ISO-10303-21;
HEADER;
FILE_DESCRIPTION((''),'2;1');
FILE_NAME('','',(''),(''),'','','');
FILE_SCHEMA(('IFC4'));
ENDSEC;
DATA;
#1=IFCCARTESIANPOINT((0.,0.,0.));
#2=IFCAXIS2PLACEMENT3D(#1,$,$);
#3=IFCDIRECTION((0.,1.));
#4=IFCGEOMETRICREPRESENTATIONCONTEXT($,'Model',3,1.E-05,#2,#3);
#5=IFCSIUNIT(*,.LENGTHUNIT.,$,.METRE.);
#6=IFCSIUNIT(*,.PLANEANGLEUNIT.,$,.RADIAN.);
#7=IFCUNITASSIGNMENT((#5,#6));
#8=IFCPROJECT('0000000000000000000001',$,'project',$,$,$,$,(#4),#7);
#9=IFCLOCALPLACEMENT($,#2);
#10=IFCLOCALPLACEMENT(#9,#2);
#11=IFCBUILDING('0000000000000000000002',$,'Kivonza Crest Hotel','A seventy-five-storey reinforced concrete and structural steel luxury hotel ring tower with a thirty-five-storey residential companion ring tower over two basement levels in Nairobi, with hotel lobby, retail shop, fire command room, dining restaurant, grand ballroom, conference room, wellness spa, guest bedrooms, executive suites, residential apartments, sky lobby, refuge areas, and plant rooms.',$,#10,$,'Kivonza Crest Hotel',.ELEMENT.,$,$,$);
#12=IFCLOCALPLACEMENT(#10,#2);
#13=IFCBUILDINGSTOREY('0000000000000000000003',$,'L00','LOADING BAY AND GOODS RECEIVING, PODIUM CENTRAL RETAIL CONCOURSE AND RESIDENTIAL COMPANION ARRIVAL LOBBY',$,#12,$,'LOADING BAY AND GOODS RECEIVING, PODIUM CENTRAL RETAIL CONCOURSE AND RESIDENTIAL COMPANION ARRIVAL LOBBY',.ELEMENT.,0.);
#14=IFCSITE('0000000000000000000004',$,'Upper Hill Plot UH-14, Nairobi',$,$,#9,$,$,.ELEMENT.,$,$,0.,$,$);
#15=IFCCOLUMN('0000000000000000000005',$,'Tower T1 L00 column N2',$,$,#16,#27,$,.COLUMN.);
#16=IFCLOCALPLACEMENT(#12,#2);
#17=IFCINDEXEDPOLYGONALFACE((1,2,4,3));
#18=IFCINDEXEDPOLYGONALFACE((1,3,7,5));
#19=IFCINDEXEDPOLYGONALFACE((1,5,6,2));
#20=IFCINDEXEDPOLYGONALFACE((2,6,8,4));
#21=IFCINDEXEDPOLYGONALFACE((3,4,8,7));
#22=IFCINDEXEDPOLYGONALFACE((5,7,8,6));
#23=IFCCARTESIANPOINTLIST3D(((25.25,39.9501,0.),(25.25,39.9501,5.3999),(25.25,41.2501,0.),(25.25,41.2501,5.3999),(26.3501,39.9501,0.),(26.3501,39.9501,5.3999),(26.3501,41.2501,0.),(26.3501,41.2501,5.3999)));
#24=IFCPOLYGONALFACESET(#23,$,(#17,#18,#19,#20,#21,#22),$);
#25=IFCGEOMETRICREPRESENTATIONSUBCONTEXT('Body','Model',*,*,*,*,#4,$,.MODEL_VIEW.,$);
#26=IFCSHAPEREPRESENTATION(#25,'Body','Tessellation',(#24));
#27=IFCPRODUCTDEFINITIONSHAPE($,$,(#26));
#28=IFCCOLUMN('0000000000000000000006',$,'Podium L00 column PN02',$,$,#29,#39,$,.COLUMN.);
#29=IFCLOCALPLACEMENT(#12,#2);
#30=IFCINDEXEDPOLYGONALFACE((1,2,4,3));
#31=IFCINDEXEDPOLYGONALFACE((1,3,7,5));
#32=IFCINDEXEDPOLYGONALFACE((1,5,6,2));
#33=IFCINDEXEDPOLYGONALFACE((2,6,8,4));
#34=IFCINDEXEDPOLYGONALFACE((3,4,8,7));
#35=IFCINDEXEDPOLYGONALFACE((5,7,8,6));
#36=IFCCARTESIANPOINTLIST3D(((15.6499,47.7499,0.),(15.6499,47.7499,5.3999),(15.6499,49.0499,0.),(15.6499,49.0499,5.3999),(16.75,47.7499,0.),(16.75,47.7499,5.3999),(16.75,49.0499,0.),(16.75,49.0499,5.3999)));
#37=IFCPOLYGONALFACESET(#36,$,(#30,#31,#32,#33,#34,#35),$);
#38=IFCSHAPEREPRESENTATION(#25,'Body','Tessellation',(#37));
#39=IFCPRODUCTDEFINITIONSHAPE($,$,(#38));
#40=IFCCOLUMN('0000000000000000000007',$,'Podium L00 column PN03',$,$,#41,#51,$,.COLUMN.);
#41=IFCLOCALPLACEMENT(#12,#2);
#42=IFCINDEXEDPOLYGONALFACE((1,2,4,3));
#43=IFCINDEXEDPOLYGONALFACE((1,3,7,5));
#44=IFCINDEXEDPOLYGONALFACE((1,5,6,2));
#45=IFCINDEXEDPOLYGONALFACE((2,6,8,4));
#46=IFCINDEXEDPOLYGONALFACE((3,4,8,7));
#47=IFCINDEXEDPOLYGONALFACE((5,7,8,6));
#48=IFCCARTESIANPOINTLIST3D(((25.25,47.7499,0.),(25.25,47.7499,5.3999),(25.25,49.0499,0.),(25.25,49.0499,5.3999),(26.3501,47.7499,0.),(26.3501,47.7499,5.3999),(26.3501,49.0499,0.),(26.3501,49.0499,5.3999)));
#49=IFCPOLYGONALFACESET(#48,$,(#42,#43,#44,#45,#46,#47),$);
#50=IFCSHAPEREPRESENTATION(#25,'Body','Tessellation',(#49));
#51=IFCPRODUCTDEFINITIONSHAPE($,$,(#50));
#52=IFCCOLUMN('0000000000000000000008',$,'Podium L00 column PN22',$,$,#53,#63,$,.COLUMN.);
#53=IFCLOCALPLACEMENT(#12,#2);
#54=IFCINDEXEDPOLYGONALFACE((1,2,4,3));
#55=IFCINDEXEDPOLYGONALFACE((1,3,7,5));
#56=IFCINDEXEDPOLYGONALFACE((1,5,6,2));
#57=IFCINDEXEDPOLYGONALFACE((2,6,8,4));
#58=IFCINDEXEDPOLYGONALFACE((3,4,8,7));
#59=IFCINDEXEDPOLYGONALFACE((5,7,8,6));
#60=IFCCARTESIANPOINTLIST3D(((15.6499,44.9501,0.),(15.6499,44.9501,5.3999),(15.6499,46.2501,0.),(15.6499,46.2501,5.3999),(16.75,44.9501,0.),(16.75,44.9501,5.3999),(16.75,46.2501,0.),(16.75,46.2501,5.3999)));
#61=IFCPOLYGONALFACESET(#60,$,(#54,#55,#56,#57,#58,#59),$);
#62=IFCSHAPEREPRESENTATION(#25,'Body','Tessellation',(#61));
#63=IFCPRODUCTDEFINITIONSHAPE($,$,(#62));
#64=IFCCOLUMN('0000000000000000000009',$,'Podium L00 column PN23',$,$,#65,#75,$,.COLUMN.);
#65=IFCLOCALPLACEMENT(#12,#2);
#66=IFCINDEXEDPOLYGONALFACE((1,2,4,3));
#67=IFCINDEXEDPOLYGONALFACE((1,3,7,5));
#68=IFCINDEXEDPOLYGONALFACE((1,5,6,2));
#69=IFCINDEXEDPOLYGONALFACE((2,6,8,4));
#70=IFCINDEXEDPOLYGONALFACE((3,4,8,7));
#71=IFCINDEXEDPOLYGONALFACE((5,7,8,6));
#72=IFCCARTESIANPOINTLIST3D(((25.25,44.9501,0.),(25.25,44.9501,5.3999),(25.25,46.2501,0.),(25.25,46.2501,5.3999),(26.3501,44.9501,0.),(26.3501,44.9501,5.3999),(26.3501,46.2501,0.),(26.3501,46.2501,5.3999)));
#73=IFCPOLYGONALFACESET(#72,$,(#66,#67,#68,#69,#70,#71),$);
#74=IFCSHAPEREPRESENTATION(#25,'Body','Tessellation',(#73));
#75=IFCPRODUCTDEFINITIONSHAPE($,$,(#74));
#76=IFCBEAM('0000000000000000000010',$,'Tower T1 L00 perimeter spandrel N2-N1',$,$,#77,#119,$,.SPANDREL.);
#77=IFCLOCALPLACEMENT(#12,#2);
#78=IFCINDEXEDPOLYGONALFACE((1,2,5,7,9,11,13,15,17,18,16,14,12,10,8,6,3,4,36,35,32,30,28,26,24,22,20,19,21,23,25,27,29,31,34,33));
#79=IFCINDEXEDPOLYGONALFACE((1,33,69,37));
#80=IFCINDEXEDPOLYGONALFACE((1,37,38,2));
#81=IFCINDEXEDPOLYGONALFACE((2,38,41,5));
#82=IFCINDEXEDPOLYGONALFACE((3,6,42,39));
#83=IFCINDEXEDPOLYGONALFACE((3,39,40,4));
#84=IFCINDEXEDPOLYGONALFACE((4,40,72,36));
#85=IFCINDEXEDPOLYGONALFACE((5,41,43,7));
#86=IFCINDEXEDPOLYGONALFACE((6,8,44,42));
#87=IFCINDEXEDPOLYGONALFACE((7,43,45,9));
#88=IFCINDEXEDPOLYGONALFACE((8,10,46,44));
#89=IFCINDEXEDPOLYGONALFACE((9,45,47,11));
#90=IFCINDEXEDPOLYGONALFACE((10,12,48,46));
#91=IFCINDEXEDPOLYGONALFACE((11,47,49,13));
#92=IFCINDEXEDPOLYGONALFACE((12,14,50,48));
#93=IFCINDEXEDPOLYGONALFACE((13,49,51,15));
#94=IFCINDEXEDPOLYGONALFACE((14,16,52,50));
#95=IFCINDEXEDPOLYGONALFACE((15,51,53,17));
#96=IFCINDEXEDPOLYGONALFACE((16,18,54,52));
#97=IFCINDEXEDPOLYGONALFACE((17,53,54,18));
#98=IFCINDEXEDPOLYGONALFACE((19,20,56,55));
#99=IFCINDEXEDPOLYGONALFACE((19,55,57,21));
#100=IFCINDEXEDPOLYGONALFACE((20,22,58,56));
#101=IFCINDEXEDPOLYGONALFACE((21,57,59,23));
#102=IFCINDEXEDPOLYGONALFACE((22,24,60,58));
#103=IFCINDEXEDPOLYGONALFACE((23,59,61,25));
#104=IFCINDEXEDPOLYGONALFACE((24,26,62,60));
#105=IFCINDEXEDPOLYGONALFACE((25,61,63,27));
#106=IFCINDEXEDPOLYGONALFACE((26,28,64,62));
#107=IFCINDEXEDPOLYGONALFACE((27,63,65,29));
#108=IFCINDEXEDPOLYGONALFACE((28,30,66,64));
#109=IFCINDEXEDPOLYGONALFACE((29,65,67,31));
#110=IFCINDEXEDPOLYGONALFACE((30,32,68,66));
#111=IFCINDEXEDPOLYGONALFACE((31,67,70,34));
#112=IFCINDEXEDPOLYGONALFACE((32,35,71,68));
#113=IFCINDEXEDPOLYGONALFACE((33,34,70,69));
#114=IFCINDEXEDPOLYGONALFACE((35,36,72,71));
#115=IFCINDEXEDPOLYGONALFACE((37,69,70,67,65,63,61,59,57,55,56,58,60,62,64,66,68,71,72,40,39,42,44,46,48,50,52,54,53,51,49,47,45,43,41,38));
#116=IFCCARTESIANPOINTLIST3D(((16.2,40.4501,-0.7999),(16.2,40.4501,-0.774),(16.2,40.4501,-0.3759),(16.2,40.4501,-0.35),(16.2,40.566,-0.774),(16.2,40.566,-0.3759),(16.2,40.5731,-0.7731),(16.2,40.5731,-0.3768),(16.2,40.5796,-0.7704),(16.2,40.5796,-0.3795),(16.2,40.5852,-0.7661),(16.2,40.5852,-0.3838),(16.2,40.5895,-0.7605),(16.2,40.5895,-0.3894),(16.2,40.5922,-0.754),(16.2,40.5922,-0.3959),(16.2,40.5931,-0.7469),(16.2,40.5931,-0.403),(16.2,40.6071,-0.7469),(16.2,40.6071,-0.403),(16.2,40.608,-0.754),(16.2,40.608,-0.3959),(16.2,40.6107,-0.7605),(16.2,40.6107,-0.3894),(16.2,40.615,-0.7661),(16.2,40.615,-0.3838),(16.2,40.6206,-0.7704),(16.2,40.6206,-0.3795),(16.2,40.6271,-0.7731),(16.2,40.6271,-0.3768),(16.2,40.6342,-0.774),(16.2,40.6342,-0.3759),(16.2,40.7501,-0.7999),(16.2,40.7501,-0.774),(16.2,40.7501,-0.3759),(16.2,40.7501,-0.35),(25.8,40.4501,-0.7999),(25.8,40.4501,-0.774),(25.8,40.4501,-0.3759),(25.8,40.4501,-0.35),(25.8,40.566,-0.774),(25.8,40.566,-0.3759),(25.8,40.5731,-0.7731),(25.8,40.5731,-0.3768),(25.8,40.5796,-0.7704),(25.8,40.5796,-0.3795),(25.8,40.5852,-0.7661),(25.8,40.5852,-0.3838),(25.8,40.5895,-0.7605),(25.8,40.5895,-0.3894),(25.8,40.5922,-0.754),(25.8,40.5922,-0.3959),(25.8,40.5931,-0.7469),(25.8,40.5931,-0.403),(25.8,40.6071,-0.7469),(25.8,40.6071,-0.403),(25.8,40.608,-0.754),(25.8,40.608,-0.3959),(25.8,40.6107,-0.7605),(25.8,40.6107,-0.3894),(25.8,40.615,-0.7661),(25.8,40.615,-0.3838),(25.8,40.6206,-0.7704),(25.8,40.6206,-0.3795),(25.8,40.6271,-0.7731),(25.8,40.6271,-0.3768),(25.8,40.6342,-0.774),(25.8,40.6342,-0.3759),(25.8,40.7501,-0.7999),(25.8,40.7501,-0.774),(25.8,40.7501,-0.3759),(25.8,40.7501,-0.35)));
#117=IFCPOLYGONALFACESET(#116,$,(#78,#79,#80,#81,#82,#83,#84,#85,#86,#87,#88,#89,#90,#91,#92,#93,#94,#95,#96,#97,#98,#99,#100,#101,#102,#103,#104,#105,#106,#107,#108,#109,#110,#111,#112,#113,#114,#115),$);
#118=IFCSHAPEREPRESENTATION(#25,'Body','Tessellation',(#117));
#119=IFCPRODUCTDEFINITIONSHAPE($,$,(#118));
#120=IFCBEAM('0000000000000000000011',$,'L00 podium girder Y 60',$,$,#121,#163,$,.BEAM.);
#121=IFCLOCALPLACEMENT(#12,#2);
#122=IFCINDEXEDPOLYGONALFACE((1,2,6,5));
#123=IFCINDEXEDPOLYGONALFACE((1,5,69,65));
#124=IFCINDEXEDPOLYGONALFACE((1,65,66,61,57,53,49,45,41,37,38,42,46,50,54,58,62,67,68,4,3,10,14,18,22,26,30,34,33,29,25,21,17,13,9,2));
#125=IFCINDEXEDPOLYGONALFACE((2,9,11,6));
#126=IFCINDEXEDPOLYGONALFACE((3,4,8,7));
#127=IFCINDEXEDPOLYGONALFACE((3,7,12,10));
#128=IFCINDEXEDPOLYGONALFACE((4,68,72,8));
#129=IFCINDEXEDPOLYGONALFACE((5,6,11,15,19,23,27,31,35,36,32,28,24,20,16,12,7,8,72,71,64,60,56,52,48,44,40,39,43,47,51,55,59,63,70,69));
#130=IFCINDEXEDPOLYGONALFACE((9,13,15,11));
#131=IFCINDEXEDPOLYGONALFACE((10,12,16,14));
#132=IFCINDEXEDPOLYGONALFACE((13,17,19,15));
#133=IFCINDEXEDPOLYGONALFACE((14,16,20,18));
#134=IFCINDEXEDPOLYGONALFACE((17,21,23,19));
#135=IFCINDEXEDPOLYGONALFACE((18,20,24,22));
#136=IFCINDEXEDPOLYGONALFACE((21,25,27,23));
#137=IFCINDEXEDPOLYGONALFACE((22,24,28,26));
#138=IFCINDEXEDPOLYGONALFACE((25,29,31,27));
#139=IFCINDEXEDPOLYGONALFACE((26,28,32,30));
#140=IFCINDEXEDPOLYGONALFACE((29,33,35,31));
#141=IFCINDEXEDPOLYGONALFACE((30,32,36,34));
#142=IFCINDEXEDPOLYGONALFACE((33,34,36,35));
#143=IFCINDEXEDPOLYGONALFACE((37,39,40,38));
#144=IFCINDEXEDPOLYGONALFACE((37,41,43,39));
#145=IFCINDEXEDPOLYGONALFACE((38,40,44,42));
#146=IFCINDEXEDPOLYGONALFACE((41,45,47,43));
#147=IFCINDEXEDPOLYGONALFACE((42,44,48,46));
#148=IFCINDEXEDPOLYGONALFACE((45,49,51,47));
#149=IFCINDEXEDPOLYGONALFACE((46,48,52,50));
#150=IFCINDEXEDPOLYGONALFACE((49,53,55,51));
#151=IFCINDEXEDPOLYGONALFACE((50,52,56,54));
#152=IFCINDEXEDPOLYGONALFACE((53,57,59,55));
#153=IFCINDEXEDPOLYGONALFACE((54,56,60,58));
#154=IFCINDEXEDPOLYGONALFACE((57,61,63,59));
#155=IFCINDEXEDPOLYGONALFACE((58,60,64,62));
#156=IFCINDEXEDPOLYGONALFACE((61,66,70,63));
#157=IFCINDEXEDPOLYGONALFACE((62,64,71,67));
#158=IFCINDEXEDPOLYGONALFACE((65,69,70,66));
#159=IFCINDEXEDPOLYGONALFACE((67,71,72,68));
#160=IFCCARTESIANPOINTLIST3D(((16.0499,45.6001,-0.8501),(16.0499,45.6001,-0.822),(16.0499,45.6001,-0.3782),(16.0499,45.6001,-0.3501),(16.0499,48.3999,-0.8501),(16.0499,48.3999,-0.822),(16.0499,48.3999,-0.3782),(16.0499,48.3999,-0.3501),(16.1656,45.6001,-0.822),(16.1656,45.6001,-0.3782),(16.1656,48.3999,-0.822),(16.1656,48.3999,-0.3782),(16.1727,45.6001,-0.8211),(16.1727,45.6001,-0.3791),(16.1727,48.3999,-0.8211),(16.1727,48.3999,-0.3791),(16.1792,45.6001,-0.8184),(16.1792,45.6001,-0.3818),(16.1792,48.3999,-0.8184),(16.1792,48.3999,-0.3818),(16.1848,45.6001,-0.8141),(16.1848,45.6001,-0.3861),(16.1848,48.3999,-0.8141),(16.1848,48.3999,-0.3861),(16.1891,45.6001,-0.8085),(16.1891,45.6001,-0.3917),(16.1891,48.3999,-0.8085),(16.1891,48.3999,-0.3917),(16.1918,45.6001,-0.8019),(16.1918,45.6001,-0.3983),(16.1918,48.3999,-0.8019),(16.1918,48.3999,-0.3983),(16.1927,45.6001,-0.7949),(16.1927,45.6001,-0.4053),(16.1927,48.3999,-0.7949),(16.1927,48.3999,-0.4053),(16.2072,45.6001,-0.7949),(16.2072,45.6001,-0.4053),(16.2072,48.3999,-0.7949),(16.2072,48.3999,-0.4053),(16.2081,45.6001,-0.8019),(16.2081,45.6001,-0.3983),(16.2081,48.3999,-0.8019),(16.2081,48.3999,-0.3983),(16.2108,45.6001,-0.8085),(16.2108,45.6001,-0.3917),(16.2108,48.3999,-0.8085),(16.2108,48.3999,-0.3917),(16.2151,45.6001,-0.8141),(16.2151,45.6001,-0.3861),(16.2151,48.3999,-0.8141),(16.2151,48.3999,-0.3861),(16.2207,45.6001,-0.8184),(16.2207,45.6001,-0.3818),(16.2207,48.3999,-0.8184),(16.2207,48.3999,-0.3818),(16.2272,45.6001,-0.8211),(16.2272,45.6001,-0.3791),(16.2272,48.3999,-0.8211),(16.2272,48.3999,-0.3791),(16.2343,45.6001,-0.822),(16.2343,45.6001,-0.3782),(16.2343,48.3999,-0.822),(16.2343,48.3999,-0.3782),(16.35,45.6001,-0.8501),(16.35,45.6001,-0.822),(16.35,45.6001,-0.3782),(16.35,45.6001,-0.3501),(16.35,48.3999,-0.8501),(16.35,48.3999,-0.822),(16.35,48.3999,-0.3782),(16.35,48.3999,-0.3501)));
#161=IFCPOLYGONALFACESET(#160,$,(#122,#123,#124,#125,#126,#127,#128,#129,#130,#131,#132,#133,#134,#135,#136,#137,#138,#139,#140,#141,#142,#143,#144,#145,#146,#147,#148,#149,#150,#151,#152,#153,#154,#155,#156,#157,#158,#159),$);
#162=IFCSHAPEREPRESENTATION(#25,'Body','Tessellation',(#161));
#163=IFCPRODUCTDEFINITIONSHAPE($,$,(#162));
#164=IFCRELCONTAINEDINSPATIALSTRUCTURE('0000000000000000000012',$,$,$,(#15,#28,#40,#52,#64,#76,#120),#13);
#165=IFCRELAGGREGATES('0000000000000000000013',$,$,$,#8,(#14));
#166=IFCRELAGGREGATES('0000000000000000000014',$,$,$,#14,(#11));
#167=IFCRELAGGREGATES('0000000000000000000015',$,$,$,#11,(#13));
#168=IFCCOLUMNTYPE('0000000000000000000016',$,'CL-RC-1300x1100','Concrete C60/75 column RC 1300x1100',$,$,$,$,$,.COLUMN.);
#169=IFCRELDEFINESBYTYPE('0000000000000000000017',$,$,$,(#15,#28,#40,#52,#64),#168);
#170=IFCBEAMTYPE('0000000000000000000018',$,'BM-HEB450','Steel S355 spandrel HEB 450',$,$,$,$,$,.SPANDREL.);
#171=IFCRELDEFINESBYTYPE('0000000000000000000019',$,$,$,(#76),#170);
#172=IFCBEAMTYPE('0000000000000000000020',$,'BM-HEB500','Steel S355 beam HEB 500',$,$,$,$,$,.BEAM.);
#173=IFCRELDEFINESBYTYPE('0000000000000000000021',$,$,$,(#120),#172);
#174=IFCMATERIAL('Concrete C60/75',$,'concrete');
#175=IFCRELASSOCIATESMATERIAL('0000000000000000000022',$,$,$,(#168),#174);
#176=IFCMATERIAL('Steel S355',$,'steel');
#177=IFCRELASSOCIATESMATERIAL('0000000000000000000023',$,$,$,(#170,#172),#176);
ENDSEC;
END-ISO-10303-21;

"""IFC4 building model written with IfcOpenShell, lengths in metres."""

from ifc_helpers import new_model, si_unit, direction, frame, origin, origin_2d, place, context, subcontext, project, spatial, rectangle, i_section, extrude, material, material_profile, profile_set, type_object, element, save


model = new_model("IFC4")

# Units and contexts
model_context = context("Model", 3, precision=1e-05, world=origin(), true_north=direction((0.0, 1.0)))
body_context = subcontext(model_context, "Body", "Model", "MODEL_VIEW")
ifc_project = project(units=[si_unit("LENGTHUNIT", "METRE"), si_unit("PLANEANGLEUNIT", "RADIAN")], contexts=[model_context])

# Site, building, storey
site_placement = place(None, origin())
site = spatial("IfcSite", under=ifc_project, at=site_placement, Name="Upper Hill Plot UH-14, Nairobi", CompositionType="ELEMENT", RefElevation=0.0)
building_placement = place(site_placement, origin())
building = spatial("IfcBuilding", under=site, at=building_placement, Name="Kivonza Crest Hotel", Description="A seventy-five-storey reinforced concrete and structural steel luxury hotel ring tower with a thirty-five-storey residential companion ring tower over two basement levels in Nairobi, with hotel lobby, retail shop, fire command room, dining restaurant, grand ballroom, conference room, wellness spa, guest bedrooms, executive suites, residential apartments, sky lobby, refuge areas, and plant rooms.", LongName="Kivonza Crest Hotel", CompositionType="ELEMENT")
storey_placement = place(building_placement, origin())
storey = spatial("IfcBuildingStorey", under=building, at=storey_placement, Name="L00", Description="LOADING BAY AND GOODS RECEIVING, PODIUM CENTRAL RETAIL CONCOURSE AND RESIDENTIAL COMPANION ARRIVAL LOBBY", LongName="LOADING BAY AND GOODS RECEIVING, PODIUM CENTRAL RETAIL CONCOURSE AND RESIDENTIAL COMPANION ARRIVAL LOBBY", CompositionType="ELEMENT", Elevation=0.0)

# Columns
ifc_material_1 = material(Name="Concrete C60/75", Category="concrete")
ifc_material_profile_1 = material_profile(ifc_material_1, rectangle(XDim=1.1001, YDim=1.3, at=origin_2d()), Name="RC 1300x1100")
ifc_profile_set_1 = profile_set([ifc_material_profile_1], Name="Concrete C60/75")
column_type = type_object("IfcColumnType", Name="CL-RC-1300x1100", Description="Concrete C60/75 column RC 1300x1100", PredefinedType="COLUMN", material=ifc_profile_set_1)
for number, where, z_axis, x_axis, name in (
    (1, (25.8, 40.6001, 0.0), (0.0, 0.0, 1.0), (1.0, 0.0, 0.0), "Tower T1 L00 column N2"),
    (2, (16.2, 48.3999, 0.0), (0.0, 0.0, 1.0), (1.0, 0.0, 0.0), "Podium L00 column PN02"),
    (3, (25.8, 48.3999, 0.0), (0.0, 0.0, 1.0), (1.0, 0.0, 0.0), "Podium L00 column PN03"),
    (4, (16.2, 45.6001, 0.0), (0.0, 0.0, 1.0), (1.0, 0.0, 0.0), "Podium L00 column PN22"),
    (5, (25.8, 45.6001, 0.0), (0.0, 0.0, 1.0), (1.0, 0.0, 0.0), "Podium L00 column PN23"),
):
    element("IfcColumn", number, at=place(storey_placement, frame(where, z_axis=z_axis, x_axis=x_axis)), inside=storey, type_object=column_type, Name=name, PredefinedType="COLUMN", context=body_context, shape_type="SweptSolid", body=[
        extrude(rectangle(XDim=1.1001, YDim=1.3, at=origin_2d()), origin(), (0.0, 0.0, 1.0), 5.3999),
    ])

# Beams
ifc_material_2 = material(Name="Steel S355", Category="steel")
ifc_material_profile_2 = material_profile(ifc_material_2, i_section(OverallWidth=0.3, OverallDepth=0.45, WebThickness=0.0139, FlangeThickness=0.0259, FilletRadius=0.0271, at=origin_2d()), Name="HEB 450")
ifc_profile_set_2 = profile_set([ifc_material_profile_2], Name="Steel S355")
beam_type_1 = type_object("IfcBeamType", Name="BM-HEB450", Description="Steel S355 spandrel HEB 450", PredefinedType="SPANDREL", material=ifc_profile_set_2)
beam_1_placement = place(storey_placement, frame((25.8, 40.6001, -0.575), z_axis=(-1.0, 0.0, 0.0), x_axis=(0.0, -1.0, 0.0)))
element("IfcBeam", 6, at=beam_1_placement, inside=storey, type_object=beam_type_1, Name="Tower T1 L00 perimeter spandrel N2-N1", PredefinedType="SPANDREL", context=body_context, shape_type="SweptSolid", body=[
    extrude(i_section(OverallWidth=0.3, OverallDepth=0.45, WebThickness=0.0139, FlangeThickness=0.0259, FilletRadius=0.0271, at=origin_2d()), origin(), (0.0, 0.0, 1.0), 9.6001),
])
ifc_material_profile_3 = material_profile(ifc_material_2, i_section(OverallWidth=0.3, OverallDepth=0.5, WebThickness=0.0144, FlangeThickness=0.0281, FilletRadius=0.0271, at=origin_2d()), Name="HEB 500")
ifc_profile_set_3 = profile_set([ifc_material_profile_3], Name="Steel S355")
beam_type_2 = type_object("IfcBeamType", Name="BM-HEB500", Description="Steel S355 beam HEB 500", PredefinedType="BEAM", material=ifc_profile_set_3)
beam_2_placement = place(storey_placement, frame((16.2, 45.6001, -0.6001), z_axis=(0.0, 1.0, 0.0), x_axis=(-1.0, 0.0, 0.0)))
element("IfcBeam", 7, at=beam_2_placement, inside=storey, type_object=beam_type_2, Name="L00 podium girder Y 60", PredefinedType="BEAM", context=body_context, shape_type="SweptSolid", body=[
    extrude(i_section(OverallWidth=0.3, OverallDepth=0.5, WebThickness=0.0144, FlangeThickness=0.0281, FilletRadius=0.0271, at=origin_2d()), origin(), (0.0, 0.0, 1.0), 2.7998),
])

save(model, "model.ifc")
